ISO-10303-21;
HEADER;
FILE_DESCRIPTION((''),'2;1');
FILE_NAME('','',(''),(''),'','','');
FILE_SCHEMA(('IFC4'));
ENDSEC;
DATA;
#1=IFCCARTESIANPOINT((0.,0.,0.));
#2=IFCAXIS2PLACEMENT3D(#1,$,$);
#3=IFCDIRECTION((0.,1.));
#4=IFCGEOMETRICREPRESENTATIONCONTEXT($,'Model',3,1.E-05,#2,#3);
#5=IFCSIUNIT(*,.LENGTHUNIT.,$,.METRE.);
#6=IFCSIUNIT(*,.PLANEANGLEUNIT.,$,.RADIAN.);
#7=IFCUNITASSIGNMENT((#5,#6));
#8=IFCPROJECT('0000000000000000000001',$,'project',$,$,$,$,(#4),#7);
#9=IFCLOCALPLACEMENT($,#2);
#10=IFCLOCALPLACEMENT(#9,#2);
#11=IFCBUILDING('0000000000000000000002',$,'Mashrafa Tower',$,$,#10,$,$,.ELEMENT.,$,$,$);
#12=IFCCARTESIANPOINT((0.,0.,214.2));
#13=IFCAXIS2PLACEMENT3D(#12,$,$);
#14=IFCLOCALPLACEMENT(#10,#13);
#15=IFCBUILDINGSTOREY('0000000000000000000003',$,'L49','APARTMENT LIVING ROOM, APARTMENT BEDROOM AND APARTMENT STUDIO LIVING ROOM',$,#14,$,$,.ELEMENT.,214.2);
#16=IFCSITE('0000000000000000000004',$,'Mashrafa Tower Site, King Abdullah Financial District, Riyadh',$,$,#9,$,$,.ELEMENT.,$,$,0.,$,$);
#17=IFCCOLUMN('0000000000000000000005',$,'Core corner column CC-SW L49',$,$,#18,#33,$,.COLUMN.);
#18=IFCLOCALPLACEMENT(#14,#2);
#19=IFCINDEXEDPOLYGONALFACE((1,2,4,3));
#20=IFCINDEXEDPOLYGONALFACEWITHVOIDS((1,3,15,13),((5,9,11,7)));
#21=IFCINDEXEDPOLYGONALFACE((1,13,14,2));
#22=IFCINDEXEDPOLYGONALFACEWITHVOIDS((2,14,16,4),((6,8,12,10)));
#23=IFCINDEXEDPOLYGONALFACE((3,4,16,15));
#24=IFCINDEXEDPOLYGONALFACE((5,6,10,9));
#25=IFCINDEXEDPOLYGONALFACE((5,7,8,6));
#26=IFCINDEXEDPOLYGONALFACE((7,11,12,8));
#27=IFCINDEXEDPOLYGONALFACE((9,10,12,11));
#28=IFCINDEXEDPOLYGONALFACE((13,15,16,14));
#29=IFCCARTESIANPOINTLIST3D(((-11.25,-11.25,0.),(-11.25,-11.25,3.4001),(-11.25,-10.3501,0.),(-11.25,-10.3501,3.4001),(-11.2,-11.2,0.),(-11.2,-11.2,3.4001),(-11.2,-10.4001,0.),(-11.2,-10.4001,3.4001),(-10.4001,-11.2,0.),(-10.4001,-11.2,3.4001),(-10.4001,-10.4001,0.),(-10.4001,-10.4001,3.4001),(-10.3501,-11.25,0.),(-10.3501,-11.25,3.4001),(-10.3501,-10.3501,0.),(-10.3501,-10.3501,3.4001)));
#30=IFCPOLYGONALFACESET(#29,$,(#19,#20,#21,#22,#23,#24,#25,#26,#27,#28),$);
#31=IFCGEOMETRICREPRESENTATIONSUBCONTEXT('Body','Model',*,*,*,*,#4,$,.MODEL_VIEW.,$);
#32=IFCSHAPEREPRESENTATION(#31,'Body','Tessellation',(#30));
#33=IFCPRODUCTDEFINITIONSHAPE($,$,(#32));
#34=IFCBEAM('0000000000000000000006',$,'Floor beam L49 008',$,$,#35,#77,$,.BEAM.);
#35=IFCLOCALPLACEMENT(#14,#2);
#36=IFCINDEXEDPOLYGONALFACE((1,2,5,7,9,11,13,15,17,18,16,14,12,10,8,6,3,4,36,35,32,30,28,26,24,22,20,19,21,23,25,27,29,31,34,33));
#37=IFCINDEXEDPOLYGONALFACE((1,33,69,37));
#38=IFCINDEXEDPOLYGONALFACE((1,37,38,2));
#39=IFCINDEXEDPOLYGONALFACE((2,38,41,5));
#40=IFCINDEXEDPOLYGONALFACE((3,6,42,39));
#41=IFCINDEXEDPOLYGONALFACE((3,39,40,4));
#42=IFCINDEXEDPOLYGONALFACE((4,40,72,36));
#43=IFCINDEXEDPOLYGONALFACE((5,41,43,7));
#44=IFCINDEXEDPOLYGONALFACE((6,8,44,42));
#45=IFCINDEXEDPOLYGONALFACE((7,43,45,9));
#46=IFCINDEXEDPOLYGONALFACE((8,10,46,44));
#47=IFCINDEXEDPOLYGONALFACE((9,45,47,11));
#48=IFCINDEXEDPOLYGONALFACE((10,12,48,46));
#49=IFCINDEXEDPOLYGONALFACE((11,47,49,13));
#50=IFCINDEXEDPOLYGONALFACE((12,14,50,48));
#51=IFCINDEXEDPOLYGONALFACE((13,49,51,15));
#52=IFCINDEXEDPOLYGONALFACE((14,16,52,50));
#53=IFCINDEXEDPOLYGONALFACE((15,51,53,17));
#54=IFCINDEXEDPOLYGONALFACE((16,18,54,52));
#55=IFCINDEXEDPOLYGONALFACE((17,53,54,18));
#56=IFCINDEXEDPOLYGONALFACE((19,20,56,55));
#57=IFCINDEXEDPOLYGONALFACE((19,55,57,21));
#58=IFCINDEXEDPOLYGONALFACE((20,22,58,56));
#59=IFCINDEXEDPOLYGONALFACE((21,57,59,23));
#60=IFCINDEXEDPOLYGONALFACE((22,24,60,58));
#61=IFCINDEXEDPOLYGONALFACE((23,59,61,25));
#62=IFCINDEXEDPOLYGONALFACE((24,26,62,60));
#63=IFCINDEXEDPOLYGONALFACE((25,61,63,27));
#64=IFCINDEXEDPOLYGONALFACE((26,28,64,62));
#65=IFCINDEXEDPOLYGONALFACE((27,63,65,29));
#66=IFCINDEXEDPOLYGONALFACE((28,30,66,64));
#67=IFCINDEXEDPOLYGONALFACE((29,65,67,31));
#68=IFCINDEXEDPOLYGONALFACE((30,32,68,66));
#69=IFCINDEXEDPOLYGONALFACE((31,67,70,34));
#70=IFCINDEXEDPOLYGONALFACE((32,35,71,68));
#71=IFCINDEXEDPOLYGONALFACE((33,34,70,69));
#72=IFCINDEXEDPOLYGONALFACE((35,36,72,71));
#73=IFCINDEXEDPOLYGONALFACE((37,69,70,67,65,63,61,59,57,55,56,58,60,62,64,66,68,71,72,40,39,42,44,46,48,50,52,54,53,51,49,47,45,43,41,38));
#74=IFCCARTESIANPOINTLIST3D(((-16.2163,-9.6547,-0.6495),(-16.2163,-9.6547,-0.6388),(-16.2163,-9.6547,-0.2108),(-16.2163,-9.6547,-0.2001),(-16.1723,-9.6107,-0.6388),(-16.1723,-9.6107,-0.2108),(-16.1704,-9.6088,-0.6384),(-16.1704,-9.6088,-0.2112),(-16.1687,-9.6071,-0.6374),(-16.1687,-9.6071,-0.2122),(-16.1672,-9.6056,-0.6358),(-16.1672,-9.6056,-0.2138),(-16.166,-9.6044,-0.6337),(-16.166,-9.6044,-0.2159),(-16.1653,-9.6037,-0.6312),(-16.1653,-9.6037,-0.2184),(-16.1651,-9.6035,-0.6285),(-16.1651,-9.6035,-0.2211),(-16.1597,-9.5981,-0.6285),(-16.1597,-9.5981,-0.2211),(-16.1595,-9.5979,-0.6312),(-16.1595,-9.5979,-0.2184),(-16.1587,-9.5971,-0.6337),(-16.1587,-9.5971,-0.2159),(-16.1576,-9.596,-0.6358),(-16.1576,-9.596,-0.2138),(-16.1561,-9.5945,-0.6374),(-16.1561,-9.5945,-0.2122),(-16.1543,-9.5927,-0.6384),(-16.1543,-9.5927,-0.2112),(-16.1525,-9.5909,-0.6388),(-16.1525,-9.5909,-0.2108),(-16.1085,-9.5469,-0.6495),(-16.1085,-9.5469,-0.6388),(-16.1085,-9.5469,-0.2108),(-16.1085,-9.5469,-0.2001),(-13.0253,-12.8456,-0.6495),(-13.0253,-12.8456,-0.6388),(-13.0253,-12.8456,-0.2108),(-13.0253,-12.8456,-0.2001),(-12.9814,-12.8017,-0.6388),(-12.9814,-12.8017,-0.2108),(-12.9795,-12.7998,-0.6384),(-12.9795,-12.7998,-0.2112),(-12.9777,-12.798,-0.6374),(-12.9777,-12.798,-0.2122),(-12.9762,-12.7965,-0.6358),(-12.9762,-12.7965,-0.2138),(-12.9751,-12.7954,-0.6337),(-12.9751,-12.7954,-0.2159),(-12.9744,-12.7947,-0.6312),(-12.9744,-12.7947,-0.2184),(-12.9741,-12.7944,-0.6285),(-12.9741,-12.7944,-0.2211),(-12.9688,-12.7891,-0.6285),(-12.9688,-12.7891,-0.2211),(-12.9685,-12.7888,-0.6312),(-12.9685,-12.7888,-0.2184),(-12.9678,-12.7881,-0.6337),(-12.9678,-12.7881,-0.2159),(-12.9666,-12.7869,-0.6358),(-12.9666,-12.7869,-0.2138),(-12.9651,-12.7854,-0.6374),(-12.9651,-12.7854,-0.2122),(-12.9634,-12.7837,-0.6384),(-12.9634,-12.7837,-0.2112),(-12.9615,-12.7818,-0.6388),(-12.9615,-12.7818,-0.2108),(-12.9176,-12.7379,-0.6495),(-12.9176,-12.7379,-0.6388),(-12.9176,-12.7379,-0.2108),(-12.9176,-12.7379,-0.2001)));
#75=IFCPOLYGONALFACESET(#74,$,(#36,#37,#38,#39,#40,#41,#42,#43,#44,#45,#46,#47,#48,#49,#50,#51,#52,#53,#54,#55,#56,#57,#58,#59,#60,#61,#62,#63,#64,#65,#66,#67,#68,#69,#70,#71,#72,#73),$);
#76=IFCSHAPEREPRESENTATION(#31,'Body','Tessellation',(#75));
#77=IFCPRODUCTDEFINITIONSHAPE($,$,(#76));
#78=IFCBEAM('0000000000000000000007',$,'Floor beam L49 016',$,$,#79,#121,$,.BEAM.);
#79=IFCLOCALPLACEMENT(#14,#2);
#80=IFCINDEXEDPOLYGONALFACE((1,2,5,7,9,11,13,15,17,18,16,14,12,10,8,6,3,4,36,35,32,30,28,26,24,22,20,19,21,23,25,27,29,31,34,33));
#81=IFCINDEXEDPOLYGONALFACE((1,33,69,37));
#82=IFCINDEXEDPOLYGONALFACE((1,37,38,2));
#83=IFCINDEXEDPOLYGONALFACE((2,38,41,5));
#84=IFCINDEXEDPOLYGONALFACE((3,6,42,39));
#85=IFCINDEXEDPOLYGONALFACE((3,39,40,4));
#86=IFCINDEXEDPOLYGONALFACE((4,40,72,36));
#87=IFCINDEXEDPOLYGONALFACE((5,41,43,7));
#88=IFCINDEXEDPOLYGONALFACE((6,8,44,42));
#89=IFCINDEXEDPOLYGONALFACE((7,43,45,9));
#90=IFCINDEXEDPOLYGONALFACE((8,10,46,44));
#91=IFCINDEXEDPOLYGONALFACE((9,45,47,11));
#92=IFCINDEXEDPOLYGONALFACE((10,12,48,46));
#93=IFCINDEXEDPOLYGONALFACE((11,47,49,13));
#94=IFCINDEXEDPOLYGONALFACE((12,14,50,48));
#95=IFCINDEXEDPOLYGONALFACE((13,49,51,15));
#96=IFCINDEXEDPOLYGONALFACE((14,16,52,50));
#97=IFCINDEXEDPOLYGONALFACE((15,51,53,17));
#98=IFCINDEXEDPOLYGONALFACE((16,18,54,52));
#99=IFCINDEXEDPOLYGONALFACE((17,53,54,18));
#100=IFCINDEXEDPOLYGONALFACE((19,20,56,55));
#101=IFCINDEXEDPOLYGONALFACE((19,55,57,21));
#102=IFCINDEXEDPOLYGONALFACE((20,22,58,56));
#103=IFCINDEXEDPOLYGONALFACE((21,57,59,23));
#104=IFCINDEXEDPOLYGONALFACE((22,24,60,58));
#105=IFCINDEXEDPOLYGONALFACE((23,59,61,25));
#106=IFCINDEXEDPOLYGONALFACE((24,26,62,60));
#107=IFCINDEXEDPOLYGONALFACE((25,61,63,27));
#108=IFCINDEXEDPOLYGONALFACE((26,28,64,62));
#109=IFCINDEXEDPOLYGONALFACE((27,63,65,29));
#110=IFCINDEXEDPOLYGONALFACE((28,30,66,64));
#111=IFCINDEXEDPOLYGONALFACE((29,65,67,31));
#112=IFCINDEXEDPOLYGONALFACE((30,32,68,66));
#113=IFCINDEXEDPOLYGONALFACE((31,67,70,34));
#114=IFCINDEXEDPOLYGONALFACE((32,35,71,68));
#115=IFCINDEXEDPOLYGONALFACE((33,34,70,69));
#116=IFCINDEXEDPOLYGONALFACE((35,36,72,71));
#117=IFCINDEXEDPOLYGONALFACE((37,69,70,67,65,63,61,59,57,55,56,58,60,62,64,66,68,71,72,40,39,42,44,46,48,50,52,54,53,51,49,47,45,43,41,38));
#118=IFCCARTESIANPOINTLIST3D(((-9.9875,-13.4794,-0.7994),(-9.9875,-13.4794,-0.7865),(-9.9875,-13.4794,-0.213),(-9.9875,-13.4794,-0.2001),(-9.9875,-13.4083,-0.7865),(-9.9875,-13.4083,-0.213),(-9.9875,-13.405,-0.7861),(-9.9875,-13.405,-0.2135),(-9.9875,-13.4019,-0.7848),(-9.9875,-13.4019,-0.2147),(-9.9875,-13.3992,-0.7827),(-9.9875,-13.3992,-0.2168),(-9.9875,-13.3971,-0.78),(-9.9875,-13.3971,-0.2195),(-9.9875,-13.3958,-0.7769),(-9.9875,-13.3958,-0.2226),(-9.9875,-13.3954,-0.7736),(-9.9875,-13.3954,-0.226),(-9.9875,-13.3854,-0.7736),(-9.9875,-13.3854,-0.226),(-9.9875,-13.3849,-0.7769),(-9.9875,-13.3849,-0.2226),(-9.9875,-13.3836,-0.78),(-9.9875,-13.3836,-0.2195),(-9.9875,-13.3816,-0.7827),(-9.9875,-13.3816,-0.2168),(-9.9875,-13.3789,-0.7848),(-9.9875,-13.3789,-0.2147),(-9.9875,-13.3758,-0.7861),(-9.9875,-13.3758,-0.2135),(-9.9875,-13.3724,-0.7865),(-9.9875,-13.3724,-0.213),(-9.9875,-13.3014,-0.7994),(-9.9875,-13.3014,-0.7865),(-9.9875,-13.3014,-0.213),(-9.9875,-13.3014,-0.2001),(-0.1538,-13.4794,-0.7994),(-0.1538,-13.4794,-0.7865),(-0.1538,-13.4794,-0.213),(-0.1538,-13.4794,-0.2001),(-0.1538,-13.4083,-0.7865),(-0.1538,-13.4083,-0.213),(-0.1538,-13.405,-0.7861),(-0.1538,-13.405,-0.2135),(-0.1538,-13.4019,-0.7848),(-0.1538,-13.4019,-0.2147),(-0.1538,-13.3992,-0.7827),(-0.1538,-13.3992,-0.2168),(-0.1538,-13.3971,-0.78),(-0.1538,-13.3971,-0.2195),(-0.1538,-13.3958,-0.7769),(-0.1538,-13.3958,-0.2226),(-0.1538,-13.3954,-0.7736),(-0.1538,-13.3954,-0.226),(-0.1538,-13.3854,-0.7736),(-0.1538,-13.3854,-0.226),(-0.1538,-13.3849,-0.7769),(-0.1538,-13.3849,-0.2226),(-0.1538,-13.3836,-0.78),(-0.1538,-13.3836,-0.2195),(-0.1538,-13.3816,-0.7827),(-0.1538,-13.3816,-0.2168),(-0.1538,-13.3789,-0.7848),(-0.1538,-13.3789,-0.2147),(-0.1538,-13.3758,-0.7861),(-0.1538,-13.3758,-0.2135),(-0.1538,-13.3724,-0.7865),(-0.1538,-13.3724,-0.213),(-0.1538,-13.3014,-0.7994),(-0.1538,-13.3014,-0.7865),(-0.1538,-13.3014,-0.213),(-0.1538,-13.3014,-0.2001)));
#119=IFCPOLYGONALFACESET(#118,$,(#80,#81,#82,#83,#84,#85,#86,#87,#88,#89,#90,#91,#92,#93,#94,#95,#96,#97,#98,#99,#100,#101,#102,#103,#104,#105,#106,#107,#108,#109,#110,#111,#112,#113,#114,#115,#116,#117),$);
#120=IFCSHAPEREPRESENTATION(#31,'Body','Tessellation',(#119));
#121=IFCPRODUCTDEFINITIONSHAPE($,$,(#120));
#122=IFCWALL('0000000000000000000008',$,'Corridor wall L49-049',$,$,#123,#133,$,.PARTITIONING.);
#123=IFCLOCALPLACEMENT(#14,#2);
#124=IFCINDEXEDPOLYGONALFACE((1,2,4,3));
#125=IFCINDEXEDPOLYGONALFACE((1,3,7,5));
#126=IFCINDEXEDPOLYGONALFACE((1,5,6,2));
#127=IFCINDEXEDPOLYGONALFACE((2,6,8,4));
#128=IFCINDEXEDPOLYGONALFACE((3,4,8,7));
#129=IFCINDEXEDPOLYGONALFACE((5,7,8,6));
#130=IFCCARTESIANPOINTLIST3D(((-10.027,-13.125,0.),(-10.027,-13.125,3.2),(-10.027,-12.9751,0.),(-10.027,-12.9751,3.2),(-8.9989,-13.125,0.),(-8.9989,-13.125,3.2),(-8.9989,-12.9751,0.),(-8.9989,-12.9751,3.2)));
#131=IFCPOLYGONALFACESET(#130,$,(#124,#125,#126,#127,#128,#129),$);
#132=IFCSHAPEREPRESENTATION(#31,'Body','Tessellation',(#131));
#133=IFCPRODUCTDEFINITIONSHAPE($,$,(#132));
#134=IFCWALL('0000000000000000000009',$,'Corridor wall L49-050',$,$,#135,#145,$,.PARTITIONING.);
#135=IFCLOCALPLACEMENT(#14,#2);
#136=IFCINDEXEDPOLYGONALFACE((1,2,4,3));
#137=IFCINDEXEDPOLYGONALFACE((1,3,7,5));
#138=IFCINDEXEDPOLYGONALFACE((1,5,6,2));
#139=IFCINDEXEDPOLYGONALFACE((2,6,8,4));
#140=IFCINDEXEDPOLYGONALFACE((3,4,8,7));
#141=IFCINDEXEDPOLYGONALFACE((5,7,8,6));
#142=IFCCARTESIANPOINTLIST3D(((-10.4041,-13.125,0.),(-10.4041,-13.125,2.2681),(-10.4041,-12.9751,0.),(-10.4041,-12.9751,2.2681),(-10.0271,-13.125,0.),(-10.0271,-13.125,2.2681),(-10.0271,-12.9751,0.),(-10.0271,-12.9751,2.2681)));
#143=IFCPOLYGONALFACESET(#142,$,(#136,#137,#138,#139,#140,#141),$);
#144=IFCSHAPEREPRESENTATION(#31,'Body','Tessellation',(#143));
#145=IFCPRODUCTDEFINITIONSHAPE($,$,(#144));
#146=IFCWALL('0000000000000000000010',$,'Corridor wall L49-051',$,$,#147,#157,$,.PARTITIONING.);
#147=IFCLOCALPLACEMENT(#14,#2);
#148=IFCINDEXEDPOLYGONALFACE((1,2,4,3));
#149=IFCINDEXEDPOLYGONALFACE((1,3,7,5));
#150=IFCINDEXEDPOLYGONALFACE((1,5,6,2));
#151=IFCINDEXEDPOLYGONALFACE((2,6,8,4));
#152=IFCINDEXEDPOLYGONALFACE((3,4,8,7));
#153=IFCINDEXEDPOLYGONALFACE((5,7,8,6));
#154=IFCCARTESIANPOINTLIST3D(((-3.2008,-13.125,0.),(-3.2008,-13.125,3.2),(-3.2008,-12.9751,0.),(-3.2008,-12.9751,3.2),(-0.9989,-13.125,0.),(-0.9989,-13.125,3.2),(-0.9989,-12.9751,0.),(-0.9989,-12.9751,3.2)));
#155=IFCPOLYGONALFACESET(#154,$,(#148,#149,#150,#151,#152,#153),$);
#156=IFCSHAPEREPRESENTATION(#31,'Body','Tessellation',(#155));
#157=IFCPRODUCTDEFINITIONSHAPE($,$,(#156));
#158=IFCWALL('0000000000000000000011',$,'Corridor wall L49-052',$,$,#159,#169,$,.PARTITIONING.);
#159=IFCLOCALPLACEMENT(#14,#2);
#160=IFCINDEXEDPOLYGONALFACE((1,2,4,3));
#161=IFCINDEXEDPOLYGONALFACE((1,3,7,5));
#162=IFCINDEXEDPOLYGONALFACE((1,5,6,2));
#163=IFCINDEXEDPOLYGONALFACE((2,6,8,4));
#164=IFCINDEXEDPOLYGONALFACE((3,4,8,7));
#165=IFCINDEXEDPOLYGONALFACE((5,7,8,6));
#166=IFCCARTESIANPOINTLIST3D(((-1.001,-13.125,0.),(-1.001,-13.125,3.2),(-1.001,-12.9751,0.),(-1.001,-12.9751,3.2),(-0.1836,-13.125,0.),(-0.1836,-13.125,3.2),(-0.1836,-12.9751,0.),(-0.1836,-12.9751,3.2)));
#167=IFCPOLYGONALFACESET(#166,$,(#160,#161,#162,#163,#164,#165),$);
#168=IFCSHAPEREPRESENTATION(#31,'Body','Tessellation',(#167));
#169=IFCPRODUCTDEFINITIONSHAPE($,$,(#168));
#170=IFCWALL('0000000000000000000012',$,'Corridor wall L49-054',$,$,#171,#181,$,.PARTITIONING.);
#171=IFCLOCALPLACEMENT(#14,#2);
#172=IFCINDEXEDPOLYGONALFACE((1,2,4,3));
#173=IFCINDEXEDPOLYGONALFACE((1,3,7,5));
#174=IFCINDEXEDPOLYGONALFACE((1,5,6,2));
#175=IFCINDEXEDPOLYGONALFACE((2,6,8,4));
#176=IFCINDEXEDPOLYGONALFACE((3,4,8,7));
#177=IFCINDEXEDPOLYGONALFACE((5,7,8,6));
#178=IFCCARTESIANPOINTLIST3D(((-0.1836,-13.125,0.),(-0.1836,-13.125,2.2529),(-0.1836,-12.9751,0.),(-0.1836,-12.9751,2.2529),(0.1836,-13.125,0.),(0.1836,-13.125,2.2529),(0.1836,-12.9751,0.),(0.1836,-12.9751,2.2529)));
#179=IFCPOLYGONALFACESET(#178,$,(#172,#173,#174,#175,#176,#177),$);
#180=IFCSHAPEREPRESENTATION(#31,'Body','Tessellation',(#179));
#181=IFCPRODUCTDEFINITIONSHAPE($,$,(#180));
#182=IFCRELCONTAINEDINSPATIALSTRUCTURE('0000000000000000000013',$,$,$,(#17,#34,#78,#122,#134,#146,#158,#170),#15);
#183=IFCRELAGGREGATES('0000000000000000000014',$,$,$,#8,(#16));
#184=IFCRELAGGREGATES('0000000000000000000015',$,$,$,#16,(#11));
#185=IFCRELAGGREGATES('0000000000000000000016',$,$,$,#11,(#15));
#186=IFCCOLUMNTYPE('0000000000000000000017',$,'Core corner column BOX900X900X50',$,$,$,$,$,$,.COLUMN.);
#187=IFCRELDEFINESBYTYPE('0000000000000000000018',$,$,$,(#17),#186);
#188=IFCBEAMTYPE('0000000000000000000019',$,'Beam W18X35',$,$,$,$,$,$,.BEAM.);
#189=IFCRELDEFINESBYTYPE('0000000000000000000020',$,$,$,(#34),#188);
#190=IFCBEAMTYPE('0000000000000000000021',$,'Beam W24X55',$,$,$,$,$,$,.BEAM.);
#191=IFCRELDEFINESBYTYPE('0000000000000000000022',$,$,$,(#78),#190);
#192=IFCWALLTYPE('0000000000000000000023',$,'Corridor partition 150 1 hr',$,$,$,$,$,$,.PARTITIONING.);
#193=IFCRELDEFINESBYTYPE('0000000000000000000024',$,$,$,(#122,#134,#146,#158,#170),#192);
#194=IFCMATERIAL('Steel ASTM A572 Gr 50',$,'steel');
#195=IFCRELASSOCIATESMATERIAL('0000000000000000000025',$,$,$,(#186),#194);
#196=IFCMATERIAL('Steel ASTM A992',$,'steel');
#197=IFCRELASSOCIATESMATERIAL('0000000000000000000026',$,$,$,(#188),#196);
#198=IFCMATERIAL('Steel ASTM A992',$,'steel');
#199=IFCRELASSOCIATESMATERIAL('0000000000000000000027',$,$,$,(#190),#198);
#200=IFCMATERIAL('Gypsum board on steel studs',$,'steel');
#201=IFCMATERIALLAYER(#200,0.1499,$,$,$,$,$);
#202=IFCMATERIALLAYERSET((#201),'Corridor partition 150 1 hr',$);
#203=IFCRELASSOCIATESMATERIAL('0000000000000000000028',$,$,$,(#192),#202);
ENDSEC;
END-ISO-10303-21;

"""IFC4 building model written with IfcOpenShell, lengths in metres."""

from ifc_helpers import new_model, si_unit, direction, frame, frame_2d, origin, origin_2d, place, context, subcontext, project, spatial, rectangle, hollow_rectangle, i_section, extrude, material, layer, layer_set, material_profile, profile_set, type_object, element, save


model = new_model("IFC4")

# Units and contexts
model_context = context("Model", 3, precision=1e-05, world=origin(), true_north=direction((0.0, 1.0)))
body_context = subcontext(model_context, "Body", "Model", "MODEL_VIEW")
ifc_project = project(units=[si_unit("LENGTHUNIT", "METRE"), si_unit("PLANEANGLEUNIT", "RADIAN")], contexts=[model_context])

# Site, building, storey
site_placement = place(None, origin())
site = spatial("IfcSite", under=ifc_project, at=site_placement, Name="Mashrafa Tower Site, King Abdullah Financial District, Riyadh", CompositionType="ELEMENT", RefElevation=0.0)
building_placement = place(site_placement, origin())
building = spatial("IfcBuilding", under=site, at=building_placement, Name="Mashrafa Tower", CompositionType="ELEMENT")
storey_placement = place(building_placement, frame((0.0, 0.0, 214.2)))
storey = spatial("IfcBuildingStorey", under=building, at=storey_placement, Name="L49", Description="APARTMENT LIVING ROOM, APARTMENT BEDROOM AND APARTMENT STUDIO LIVING ROOM", CompositionType="ELEMENT", Elevation=214.2)

# Column
ifc_material_1 = material(Name="Steel ASTM A572 Gr 50", Category="steel")
ifc_material_profile_1 = material_profile(ifc_material_1, hollow_rectangle(XDim=0.8999, YDim=0.8999, WallThickness=0.05, at=origin_2d()), Name="BOX900X900X50")
ifc_profile_set_1 = profile_set([ifc_material_profile_1], Name="Steel ASTM A572 Gr 50")
column_type = type_object("IfcColumnType", Name="Core corner column BOX900X900X50", PredefinedType="COLUMN", material=ifc_profile_set_1)
column_placement = place(storey_placement, frame((-10.8, -10.8, 0.0), z_axis=(0.0, 0.0, 1.0), x_axis=(1.0, 0.0, 0.0)))
element("IfcColumn", 1, at=column_placement, inside=storey, type_object=column_type, Name="Core corner column CC-SW L49", PredefinedType="COLUMN", context=body_context, shape_type="SweptSolid", body=[
    extrude(hollow_rectangle(XDim=0.8999, YDim=0.8999, WallThickness=0.05, at=origin_2d()), origin(), (0.0, 0.0, 1.0), 3.4001),
])

# Beams
ifc_material_2 = material(Name="Steel ASTM A992", Category="steel")
ifc_material_profile_2 = material_profile(ifc_material_2, i_section(OverallWidth=0.1523, OverallDepth=0.4495, WebThickness=0.0076, FlangeThickness=0.0107, FilletRadius=0.0103, at=origin_2d()), Name="W18X35")
ifc_profile_set_2 = profile_set([ifc_material_profile_2], Name="Steel ASTM A992")
beam_type_1 = type_object("IfcBeamType", Name="Beam W18X35", PredefinedType="BEAM", material=ifc_profile_set_2)
beam_1_placement = place(storey_placement, frame((-12.9714, -12.7917, -0.4248), z_axis=(-0.707107, 0.707107, 0.0), x_axis=(-0.707107, -0.707107, 0.0)))
element("IfcBeam", 2, at=beam_1_placement, inside=storey, type_object=beam_type_1, Name="Floor beam L49 008", PredefinedType="BEAM", context=body_context, shape_type="SweptSolid", body=[
    extrude(i_section(OverallWidth=0.1523, OverallDepth=0.4495, WebThickness=0.0076, FlangeThickness=0.0107, FilletRadius=0.0103, at=origin_2d()), origin(), (0.0, 0.0, 1.0), 4.5127),
])
ifc_material_3 = material(Name="Steel ASTM A992", Category="steel")
ifc_material_profile_3 = material_profile(ifc_material_3, i_section(OverallWidth=0.178, OverallDepth=0.5994, WebThickness=0.01, FlangeThickness=0.0129, FilletRadius=0.0129, at=origin_2d()), Name="W24X55")
ifc_profile_set_3 = profile_set([ifc_material_profile_3], Name="Steel ASTM A992")
beam_type_2 = type_object("IfcBeamType", Name="Beam W24X55", PredefinedType="BEAM", material=ifc_profile_set_3)
beam_2_placement = place(storey_placement, frame((-0.1538, -13.3904, -0.4998), z_axis=(-1.0, 0.0, 0.0), x_axis=(0.0, -1.0, 0.0)))
element("IfcBeam", 3, at=beam_2_placement, inside=storey, type_object=beam_type_2, Name="Floor beam L49 016", PredefinedType="BEAM", context=body_context, shape_type="SweptSolid", body=[
    extrude(i_section(OverallWidth=0.178, OverallDepth=0.5994, WebThickness=0.01, FlangeThickness=0.0129, FilletRadius=0.0129, at=origin_2d()), origin(), (0.0, 0.0, 1.0), 9.8337),
])

# Walls
ifc_material_4 = material(Name="Gypsum board on steel studs", Category="steel")
ifc_layer_1 = layer(ifc_material_4, 0.1499)
ifc_layer_set_1 = layer_set([ifc_layer_1], Name="Corridor partition 150 1 hr")
wall_type_1 = type_object("IfcWallType", Name="Corridor partition 150 1 hr", PredefinedType="PARTITIONING", material=ifc_layer_set_1)
wall_1_placement = place(storey_placement, frame((-10.0271, -13.05, 0.0), z_axis=(0.0, 0.0, 1.0), x_axis=(1.0, 0.0, 0.0)))
element("IfcWall", 4, at=wall_1_placement, inside=storey, type_object=wall_type_1, Name="Corridor wall L49-049", PredefinedType="PARTITIONING", context=body_context, shape_type="SweptSolid", body=[
    extrude(rectangle(XDim=1.0281, YDim=0.1499, at=frame_2d((0.5142, 0.0))), origin(), (0.0, 0.0, 1.0), 3.2),
])
wall_2_placement = place(storey_placement, frame((-10.4041, -13.05, 0.0), z_axis=(0.0, 0.0, 1.0), x_axis=(1.0, 0.0, 0.0)))
element("IfcWall", 5, at=wall_2_placement, inside=storey, type_object=wall_type_1, Name="Corridor wall L49-050", PredefinedType="PARTITIONING", context=body_context, shape_type="SweptSolid", body=[
    extrude(rectangle(XDim=0.377, YDim=0.1499, at=frame_2d((0.1885, 0.0))), origin(), (0.0, 0.0, 1.0), 2.2681),
])
wall_3_placement = place(storey_placement, frame((-3.2009, -13.05, 0.0), z_axis=(0.0, 0.0, 1.0), x_axis=(1.0, 0.0, 0.0)))
element("IfcWall", 6, at=wall_3_placement, inside=storey, type_object=wall_type_1, Name="Corridor wall L49-051", PredefinedType="PARTITIONING", context=body_context, shape_type="SweptSolid", body=[
    extrude(rectangle(XDim=2.2019, YDim=0.1499, at=frame_2d((1.1011, 0.0))), origin(), (0.0, 0.0, 1.0), 3.2),
])
wall_4_placement = place(storey_placement, frame((-1.001, -13.05, 0.0), z_axis=(0.0, 0.0, 1.0), x_axis=(1.0, 0.0, 0.0)))
element("IfcWall", 7, at=wall_4_placement, inside=storey, type_object=wall_type_1, Name="Corridor wall L49-052", PredefinedType="PARTITIONING", context=body_context, shape_type="SweptSolid", body=[
    extrude(rectangle(XDim=0.8174, YDim=0.1499, at=frame_2d((0.4087, 0.0))), origin(), (0.0, 0.0, 1.0), 3.2),
])
wall_5_placement = place(storey_placement, frame((-0.1836, -13.05, 0.0), z_axis=(0.0, 0.0, 1.0), x_axis=(1.0, 0.0, 0.0)))
element("IfcWall", 8, at=wall_5_placement, inside=storey, type_object=wall_type_1, Name="Corridor wall L49-054", PredefinedType="PARTITIONING", context=body_context, shape_type="SweptSolid", body=[
    extrude(rectangle(XDim=0.3672, YDim=0.1499, at=frame_2d((0.1836, 0.0))), origin(), (0.0, 0.0, 1.0), 2.2529),
])

save(model, "model.ifc")
